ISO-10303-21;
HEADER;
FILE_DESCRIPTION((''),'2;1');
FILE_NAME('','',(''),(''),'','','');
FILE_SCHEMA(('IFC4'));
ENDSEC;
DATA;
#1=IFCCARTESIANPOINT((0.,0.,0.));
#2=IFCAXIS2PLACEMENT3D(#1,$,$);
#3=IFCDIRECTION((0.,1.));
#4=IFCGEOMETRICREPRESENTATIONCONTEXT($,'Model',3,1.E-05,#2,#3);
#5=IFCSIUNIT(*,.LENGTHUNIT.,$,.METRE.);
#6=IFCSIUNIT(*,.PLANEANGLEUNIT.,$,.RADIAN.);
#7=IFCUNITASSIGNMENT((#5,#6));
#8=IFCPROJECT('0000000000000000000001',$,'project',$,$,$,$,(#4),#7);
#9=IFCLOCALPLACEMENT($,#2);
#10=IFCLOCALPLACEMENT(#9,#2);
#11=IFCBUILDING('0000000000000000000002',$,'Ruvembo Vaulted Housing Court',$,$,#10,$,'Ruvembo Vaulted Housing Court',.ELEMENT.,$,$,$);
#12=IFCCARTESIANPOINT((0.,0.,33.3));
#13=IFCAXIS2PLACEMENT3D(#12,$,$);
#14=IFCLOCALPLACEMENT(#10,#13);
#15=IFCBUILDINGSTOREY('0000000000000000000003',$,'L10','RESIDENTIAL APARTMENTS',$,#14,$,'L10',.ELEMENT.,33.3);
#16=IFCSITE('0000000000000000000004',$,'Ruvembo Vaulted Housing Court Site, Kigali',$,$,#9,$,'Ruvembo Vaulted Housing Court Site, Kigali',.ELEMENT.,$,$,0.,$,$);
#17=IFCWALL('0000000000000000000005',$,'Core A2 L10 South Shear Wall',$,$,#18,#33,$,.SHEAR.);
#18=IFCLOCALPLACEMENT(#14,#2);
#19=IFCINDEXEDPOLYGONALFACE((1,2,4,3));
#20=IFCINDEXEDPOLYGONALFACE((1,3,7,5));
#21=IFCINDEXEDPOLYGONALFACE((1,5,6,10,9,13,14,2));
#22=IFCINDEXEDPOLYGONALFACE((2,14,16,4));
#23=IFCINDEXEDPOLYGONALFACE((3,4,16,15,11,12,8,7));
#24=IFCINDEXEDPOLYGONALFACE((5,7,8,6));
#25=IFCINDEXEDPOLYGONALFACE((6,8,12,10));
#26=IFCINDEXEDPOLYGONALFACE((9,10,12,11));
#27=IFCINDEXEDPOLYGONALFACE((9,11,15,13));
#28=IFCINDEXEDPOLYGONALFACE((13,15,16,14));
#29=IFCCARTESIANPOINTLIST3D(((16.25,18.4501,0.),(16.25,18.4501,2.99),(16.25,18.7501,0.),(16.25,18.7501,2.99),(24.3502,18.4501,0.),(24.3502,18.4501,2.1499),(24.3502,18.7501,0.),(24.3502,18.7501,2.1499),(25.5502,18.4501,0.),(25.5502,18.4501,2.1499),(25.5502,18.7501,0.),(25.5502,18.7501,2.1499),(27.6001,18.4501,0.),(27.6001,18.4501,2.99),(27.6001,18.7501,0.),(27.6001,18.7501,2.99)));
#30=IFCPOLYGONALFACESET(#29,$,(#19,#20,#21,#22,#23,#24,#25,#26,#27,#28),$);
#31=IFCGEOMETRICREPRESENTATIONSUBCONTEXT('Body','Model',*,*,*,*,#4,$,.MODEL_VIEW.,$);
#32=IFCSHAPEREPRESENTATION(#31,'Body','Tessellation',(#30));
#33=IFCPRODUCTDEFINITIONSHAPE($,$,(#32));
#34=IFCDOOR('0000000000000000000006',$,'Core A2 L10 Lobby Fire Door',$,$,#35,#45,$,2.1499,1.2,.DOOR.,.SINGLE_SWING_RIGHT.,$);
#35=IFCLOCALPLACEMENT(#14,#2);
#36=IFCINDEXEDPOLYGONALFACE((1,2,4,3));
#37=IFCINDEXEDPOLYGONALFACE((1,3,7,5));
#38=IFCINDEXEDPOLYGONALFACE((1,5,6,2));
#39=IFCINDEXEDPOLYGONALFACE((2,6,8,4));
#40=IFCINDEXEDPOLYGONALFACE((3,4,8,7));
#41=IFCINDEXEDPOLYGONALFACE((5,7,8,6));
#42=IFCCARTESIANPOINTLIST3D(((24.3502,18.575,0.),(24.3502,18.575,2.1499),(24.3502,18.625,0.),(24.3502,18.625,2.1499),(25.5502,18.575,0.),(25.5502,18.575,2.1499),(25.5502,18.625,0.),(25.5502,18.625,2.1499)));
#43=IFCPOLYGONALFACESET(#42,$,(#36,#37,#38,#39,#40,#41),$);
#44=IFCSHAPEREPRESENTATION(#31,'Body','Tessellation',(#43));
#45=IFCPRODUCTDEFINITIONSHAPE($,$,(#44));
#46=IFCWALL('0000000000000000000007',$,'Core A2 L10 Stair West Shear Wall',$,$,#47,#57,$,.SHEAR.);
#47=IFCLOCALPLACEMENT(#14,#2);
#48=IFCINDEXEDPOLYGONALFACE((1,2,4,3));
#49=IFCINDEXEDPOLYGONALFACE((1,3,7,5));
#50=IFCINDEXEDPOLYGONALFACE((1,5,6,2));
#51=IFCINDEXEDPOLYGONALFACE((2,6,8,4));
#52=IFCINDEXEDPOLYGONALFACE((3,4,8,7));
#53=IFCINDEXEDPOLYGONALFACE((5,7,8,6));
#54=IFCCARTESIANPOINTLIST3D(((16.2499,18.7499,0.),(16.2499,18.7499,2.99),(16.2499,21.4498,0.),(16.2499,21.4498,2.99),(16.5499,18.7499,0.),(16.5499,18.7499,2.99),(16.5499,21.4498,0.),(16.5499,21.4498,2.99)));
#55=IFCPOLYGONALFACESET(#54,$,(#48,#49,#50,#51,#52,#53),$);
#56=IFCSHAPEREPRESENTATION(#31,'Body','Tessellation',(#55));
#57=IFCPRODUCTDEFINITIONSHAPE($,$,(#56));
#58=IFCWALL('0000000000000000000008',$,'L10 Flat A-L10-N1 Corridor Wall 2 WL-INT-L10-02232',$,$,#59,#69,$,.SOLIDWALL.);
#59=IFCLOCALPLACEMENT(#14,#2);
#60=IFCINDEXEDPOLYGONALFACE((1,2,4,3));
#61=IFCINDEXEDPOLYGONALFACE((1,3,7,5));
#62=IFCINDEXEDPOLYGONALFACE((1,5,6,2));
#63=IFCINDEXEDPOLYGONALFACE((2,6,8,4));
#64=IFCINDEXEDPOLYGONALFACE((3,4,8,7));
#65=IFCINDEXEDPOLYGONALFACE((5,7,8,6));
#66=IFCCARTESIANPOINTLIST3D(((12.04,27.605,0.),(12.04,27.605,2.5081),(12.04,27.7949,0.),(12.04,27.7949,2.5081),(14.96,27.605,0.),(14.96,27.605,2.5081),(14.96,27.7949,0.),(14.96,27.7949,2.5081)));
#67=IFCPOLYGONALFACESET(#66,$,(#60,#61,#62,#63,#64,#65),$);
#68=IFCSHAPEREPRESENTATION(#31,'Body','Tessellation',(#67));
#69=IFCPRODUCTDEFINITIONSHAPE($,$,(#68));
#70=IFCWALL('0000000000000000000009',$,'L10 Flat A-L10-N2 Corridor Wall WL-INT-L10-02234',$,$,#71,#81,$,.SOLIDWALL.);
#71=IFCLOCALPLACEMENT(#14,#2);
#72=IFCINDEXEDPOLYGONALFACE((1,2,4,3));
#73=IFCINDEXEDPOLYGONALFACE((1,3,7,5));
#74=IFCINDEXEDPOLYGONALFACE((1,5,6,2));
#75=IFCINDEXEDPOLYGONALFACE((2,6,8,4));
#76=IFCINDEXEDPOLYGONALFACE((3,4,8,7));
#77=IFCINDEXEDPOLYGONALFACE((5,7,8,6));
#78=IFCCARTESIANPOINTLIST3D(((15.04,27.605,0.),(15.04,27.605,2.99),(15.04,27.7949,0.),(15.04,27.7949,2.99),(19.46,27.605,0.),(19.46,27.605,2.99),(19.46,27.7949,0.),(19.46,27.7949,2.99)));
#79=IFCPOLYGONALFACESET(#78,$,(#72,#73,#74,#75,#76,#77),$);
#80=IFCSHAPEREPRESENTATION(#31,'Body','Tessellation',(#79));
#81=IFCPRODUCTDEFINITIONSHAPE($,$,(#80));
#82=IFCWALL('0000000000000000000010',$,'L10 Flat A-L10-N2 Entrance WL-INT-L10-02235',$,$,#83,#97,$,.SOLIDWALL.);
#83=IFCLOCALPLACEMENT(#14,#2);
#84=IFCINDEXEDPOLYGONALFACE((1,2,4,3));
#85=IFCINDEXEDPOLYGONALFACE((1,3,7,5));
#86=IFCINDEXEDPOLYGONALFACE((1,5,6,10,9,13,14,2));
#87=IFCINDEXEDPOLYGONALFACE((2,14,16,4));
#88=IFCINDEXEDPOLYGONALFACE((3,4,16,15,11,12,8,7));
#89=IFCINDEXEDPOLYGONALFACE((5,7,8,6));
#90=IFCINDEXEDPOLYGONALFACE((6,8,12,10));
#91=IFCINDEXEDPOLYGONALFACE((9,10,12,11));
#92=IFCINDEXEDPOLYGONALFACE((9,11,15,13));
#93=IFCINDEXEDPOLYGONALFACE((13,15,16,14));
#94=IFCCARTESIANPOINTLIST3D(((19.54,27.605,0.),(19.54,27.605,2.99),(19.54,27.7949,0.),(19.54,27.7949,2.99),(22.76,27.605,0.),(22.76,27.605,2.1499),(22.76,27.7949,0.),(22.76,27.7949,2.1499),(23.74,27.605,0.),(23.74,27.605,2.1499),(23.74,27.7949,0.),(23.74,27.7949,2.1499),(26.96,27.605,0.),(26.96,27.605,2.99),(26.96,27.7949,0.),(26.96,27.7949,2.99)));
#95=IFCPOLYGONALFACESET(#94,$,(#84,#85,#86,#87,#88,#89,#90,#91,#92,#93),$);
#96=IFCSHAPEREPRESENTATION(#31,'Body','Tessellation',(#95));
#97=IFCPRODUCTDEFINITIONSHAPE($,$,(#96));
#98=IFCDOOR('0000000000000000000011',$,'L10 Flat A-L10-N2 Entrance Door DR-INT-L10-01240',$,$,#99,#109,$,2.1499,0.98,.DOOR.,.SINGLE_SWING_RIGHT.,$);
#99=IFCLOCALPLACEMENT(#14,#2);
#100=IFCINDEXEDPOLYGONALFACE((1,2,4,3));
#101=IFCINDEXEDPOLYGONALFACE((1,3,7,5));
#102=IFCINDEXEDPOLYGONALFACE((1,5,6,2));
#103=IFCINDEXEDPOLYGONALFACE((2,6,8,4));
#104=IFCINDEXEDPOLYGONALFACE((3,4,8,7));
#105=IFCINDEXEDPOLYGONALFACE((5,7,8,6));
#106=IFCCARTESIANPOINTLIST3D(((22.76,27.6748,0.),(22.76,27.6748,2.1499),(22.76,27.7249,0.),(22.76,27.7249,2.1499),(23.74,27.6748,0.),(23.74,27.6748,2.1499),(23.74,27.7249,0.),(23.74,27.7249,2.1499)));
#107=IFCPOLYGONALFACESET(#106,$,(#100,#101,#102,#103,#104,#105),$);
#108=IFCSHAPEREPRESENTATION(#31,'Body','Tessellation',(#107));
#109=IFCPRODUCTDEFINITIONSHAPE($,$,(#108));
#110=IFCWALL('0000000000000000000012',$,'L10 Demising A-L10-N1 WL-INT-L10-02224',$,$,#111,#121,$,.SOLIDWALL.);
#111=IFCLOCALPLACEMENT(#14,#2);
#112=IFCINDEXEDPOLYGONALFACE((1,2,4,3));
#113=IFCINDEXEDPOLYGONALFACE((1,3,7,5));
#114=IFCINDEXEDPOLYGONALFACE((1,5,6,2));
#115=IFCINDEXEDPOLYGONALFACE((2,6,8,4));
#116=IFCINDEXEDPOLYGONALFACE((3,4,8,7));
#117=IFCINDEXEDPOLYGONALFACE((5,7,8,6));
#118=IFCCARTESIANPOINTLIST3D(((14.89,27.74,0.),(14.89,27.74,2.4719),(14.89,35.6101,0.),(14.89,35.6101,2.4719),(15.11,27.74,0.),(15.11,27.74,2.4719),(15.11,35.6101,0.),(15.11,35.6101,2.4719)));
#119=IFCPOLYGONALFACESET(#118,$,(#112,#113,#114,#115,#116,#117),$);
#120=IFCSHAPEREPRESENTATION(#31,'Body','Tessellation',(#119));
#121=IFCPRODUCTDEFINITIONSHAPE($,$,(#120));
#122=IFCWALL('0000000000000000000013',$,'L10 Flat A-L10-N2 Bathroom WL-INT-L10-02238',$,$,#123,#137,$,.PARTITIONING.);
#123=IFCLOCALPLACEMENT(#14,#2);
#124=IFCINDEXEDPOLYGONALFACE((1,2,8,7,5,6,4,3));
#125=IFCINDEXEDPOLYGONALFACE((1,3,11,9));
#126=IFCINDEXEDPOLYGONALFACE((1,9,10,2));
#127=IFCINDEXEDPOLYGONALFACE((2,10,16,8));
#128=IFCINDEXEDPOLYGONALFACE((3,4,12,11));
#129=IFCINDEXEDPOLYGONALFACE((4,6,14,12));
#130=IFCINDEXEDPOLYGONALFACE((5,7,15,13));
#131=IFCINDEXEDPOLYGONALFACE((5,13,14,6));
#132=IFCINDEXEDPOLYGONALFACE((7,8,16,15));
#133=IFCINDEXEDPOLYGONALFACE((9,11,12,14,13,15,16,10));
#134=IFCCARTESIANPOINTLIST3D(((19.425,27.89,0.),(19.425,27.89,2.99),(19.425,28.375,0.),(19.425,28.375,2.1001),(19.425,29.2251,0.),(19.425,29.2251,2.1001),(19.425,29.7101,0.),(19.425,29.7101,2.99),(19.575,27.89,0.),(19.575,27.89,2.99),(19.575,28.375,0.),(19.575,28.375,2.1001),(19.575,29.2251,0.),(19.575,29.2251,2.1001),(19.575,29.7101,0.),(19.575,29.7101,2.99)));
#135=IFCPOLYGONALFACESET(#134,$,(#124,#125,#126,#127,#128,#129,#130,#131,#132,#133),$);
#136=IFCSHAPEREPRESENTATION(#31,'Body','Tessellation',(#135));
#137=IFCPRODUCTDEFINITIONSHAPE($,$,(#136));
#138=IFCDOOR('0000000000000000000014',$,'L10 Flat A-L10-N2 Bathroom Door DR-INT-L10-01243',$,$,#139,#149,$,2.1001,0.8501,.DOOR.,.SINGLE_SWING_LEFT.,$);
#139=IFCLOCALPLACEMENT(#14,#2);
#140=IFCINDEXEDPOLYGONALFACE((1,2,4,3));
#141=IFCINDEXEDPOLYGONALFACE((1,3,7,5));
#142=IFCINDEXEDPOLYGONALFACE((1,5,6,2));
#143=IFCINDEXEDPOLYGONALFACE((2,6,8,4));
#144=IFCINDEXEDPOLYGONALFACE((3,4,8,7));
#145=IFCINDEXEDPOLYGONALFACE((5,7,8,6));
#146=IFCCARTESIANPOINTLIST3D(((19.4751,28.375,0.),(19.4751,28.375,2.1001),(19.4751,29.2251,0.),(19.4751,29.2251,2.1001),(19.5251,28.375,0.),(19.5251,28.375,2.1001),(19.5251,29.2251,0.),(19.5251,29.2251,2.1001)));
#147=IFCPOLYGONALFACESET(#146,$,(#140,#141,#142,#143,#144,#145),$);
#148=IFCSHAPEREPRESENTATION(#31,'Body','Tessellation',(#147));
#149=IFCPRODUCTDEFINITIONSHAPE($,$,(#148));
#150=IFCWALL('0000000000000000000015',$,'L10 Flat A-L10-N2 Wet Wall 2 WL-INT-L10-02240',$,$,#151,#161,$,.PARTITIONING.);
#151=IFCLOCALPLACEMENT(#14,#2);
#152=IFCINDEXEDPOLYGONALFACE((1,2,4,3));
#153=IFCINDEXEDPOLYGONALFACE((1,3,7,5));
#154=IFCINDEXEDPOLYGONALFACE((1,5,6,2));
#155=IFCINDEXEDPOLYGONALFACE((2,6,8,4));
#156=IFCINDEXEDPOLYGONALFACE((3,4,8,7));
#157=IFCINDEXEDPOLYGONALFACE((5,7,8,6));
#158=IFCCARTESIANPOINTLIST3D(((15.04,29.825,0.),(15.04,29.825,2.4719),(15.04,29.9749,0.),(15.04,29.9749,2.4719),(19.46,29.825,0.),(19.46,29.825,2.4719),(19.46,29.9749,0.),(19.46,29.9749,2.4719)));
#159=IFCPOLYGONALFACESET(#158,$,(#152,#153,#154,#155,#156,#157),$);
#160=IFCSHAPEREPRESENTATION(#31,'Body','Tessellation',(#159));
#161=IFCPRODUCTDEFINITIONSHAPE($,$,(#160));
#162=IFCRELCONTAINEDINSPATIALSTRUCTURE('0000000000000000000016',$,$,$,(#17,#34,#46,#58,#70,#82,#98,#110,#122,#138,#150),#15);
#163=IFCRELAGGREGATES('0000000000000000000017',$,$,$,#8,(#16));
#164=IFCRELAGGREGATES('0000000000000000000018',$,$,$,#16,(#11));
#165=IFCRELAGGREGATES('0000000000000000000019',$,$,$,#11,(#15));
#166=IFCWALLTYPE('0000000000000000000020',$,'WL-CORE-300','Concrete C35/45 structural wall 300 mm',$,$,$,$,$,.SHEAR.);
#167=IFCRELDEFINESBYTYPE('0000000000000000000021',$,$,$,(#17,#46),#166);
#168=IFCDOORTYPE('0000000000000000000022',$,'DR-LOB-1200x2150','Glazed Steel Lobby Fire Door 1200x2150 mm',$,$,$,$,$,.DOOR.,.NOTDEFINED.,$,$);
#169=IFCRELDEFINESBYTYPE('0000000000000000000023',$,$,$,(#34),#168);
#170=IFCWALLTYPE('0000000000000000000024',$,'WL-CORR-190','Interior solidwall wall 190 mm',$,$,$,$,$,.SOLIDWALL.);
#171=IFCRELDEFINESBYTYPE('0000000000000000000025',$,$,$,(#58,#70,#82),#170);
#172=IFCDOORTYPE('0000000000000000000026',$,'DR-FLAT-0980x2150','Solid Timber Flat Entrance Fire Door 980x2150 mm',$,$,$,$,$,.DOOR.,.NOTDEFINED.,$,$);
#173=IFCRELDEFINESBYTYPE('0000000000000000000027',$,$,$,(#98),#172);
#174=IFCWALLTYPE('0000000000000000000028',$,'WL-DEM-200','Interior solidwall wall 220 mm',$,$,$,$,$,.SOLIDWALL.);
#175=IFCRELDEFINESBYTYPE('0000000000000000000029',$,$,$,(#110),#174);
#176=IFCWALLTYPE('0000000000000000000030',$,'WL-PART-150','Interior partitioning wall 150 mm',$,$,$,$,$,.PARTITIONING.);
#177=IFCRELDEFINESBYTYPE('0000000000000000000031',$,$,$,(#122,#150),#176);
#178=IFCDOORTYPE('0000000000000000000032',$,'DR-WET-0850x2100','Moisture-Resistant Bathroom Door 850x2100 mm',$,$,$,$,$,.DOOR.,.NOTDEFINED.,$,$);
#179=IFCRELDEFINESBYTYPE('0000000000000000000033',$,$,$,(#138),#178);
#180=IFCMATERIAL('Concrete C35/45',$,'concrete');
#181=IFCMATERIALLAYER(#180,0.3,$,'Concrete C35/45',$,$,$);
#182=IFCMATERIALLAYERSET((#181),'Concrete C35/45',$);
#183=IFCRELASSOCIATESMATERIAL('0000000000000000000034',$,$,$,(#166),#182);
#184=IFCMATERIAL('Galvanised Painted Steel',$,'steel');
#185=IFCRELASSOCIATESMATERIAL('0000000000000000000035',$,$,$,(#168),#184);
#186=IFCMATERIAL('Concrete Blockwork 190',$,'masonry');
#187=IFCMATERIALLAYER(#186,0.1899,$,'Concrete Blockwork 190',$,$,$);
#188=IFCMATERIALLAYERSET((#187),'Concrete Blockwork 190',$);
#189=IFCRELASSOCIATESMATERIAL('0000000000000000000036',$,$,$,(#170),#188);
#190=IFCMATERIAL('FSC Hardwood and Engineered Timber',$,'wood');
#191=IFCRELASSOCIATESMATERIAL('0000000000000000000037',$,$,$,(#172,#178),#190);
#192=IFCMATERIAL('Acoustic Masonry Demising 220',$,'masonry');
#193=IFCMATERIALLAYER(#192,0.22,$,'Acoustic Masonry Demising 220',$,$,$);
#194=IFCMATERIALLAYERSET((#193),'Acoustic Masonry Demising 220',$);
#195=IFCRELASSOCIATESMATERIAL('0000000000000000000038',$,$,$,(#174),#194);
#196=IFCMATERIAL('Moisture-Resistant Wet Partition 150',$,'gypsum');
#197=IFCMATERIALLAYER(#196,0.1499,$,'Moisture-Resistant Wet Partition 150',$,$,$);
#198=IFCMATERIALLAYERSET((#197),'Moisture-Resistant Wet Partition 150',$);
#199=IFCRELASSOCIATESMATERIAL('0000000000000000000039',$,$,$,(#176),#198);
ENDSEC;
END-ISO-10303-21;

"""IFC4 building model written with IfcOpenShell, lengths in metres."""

from ifc_helpers import new_model, si_unit, direction, frame, frame_2d, origin, place, context, subcontext, project, spatial, rectangle, extrude, material, layer, layer_set, type_object, element, fill, save


model = new_model("IFC4")

# Units and contexts
model_context = context("Model", 3, precision=1e-05, world=origin(), true_north=direction((0.0, 1.0)))
body_context = subcontext(model_context, "Body", "Model", "MODEL_VIEW")
ifc_project = project(units=[si_unit("LENGTHUNIT", "METRE"), si_unit("PLANEANGLEUNIT", "RADIAN")], contexts=[model_context])

# Site, building, storey
site_placement = place(None, origin())
site = spatial("IfcSite", under=ifc_project, at=site_placement, Name="Ruvembo Vaulted Housing Court Site, Kigali", LongName="Ruvembo Vaulted Housing Court Site, Kigali", CompositionType="ELEMENT", RefElevation=0.0)
building_placement = place(site_placement, origin())
building = spatial("IfcBuilding", under=site, at=building_placement, Name="Ruvembo Vaulted Housing Court", LongName="Ruvembo Vaulted Housing Court", CompositionType="ELEMENT")
storey_placement = place(building_placement, frame((0.0, 0.0, 33.3)))
storey = spatial("IfcBuildingStorey", under=building, at=storey_placement, Name="L10", Description="RESIDENTIAL APARTMENTS", LongName="L10", CompositionType="ELEMENT", Elevation=33.3)

# Shared definitions
ifc_material_1 = material(Name="Concrete C35/45", Category="concrete")

# Shared definitions
ifc_layer_1 = layer(ifc_material_1, 0.3, Name="Concrete C35/45")
ifc_layer_set_1 = layer_set([ifc_layer_1], Name="Concrete C35/45")
wall_type_1 = type_object("IfcWallType", Name="WL-CORE-300", Description="Concrete C35/45 structural wall 300 mm", PredefinedType="SHEAR", material=ifc_layer_set_1)

# Wall, opening, door
wall_1_placement = place(storey_placement, frame((16.25, 18.6001, 0.0), z_axis=(0.0, 0.0, 1.0), x_axis=(1.0, 0.0, 0.0)))
wall_1 = element("IfcWall", 1, at=wall_1_placement, inside=storey, type_object=wall_type_1, Name="Core A2 L10 South Shear Wall", PredefinedType="SHEAR", context=body_context, shape_type="SweptSolid", body=[
    extrude(rectangle(XDim=11.3501, YDim=0.3, at=frame_2d((5.675, 0.0))), origin(), (0.0, 0.0, 1.0), 2.99),
])
opening_1_placement = place(wall_1_placement, frame((8.1001, 0.0, 0.0)))
opening_1 = element("IfcOpeningElement", 2, at=opening_1_placement, cuts=wall_1, PredefinedType="OPENING", context=body_context, shape_type="SweptSolid", body=[
    extrude(rectangle(XDim=1.2, YDim=2.1499, at=frame_2d((0.6001, 1.075))), frame((0.0, 0.1599, 0.0), z_axis=(0.0, -1.0, 0.0), x_axis=(1.0, 0.0, 0.0)), (0.0, 0.0, 1.0), 0.3201),
])
ifc_material_2 = material(Name="Galvanised Painted Steel", Category="steel")
door_type_1 = type_object("IfcDoorType", Name="DR-LOB-1200x2150", Description="Glazed Steel Lobby Fire Door 1200x2150 mm", OperationType="NOTDEFINED", PredefinedType="DOOR", material=ifc_material_2)
door_1_placement = place(opening_1_placement, origin())
door_1 = element("IfcDoor", 3, at=door_1_placement, inside=storey, type_object=door_type_1, Name="Core A2 L10 Lobby Fire Door", OperationType="SINGLE_SWING_RIGHT", OverallHeight=2.1499, OverallWidth=1.2, PredefinedType="DOOR", context=body_context, shape_type="SweptSolid", body=[
    extrude(rectangle(XDim=1.2, YDim=2.1499, at=frame_2d((0.6001, 1.075))), frame((0.0, 0.0249, 0.0), z_axis=(0.0, -1.0, 0.0), x_axis=(1.0, 0.0, 0.0)), (0.0, 0.0, 1.0), 0.05),
])
fill(opening_1, door_1)

# Walls
wall_2_placement = place(storey_placement, frame((16.3999, 21.45, 0.0), z_axis=(0.0, 0.0, 1.0), x_axis=(0.0, -1.0, 0.0)))
element("IfcWall", 4, at=wall_2_placement, inside=storey, type_object=wall_type_1, Name="Core A2 L10 Stair West Shear Wall", PredefinedType="SHEAR", context=body_context, shape_type="SweptSolid", body=[
    extrude(rectangle(XDim=2.7, YDim=0.3, at=frame_2d((1.3501, 0.0))), origin(), (0.0, 0.0, 1.0), 2.99),
])
ifc_material_3 = material(Name="Concrete Blockwork 190", Category="masonry")
ifc_layer_2 = layer(ifc_material_3, 0.1899, Name="Concrete Blockwork 190")
ifc_layer_set_2 = layer_set([ifc_layer_2], Name="Concrete Blockwork 190")
wall_type_2 = type_object("IfcWallType", Name="WL-CORR-190", Description="Interior solidwall wall 190 mm", PredefinedType="SOLIDWALL", material=ifc_layer_set_2)
wall_3_placement = place(storey_placement, frame((12.04, 27.7, 0.0), z_axis=(0.0, 0.0, 1.0), x_axis=(1.0, 0.0, 0.0)))
element("IfcWall", 5, at=wall_3_placement, inside=storey, type_object=wall_type_2, Name="L10 Flat A-L10-N1 Corridor Wall 2 WL-INT-L10-02232", PredefinedType="SOLIDWALL", context=body_context, shape_type="SweptSolid", body=[
    extrude(rectangle(XDim=2.9199, YDim=0.1899, at=frame_2d((1.46, 0.0))), origin(), (0.0, 0.0, 1.0), 2.5081),
])
wall_4_placement = place(storey_placement, frame((15.04, 27.7, 0.0), z_axis=(0.0, 0.0, 1.0), x_axis=(1.0, 0.0, 0.0)))
element("IfcWall", 6, at=wall_4_placement, inside=storey, type_object=wall_type_2, Name="L10 Flat A-L10-N2 Corridor Wall WL-INT-L10-02234", PredefinedType="SOLIDWALL", context=body_context, shape_type="SweptSolid", body=[
    extrude(rectangle(XDim=4.4199, YDim=0.1899, at=frame_2d((2.21, 0.0))), origin(), (0.0, 0.0, 1.0), 2.99),
])

# Wall, opening, door
wall_5_placement = place(storey_placement, frame((19.54, 27.7, 0.0), z_axis=(0.0, 0.0, 1.0), x_axis=(1.0, 0.0, 0.0)))
wall_5 = element("IfcWall", 7, at=wall_5_placement, inside=storey, type_object=wall_type_2, Name="L10 Flat A-L10-N2 Entrance WL-INT-L10-02235", PredefinedType="SOLIDWALL", context=body_context, shape_type="SweptSolid", body=[
    extrude(rectangle(XDim=7.4199, YDim=0.1899, at=frame_2d((3.71, 0.0))), origin(), (0.0, 0.0, 1.0), 2.99),
])
opening_2_placement = place(wall_5_placement, frame((3.22, 0.0, 0.0)))
opening_2 = element("IfcOpeningElement", 8, at=opening_2_placement, cuts=wall_5, PredefinedType="OPENING", context=body_context, shape_type="SweptSolid", body=[
    extrude(rectangle(XDim=0.98, YDim=2.1499, at=frame_2d((0.49, 1.075))), frame((0.0, 0.105, 0.0), z_axis=(0.0, -1.0, 0.0), x_axis=(1.0, 0.0, 0.0)), (0.0, 0.0, 1.0), 0.21),
])
ifc_material_4 = material(Name="FSC Hardwood and Engineered Timber", Category="wood")
door_type_2 = type_object("IfcDoorType", Name="DR-FLAT-0980x2150", Description="Solid Timber Flat Entrance Fire Door 980x2150 mm", OperationType="NOTDEFINED", PredefinedType="DOOR", material=ifc_material_4)
door_2_placement = place(opening_2_placement, origin())
door_2 = element("IfcDoor", 9, at=door_2_placement, inside=storey, type_object=door_type_2, Name="L10 Flat A-L10-N2 Entrance Door DR-INT-L10-01240", OperationType="SINGLE_SWING_RIGHT", OverallHeight=2.1499, OverallWidth=0.98, PredefinedType="DOOR", context=body_context, shape_type="SweptSolid", body=[
    extrude(rectangle(XDim=0.98, YDim=2.1499, at=frame_2d((0.49, 1.075))), frame((0.0, 0.0249, 0.0), z_axis=(0.0, -1.0, 0.0), x_axis=(1.0, 0.0, 0.0)), (0.0, 0.0, 1.0), 0.05),
])
fill(opening_2, door_2)

# Wall
ifc_material_5 = material(Name="Acoustic Masonry Demising 220", Category="masonry")
ifc_layer_3 = layer(ifc_material_5, 0.22, Name="Acoustic Masonry Demising 220")
ifc_layer_set_3 = layer_set([ifc_layer_3], Name="Acoustic Masonry Demising 220")
wall_type_3 = type_object("IfcWallType", Name="WL-DEM-200", Description="Interior solidwall wall 220 mm", PredefinedType="SOLIDWALL", material=ifc_layer_set_3)
wall_6_placement = place(storey_placement, frame((15.0, 27.74, 0.0), z_axis=(0.0, 0.0, 1.0), x_axis=(0.0, 1.0, 0.0)))
element("IfcWall", 10, at=wall_6_placement, inside=storey, type_object=wall_type_3, Name="L10 Demising A-L10-N1 WL-INT-L10-02224", PredefinedType="SOLIDWALL", context=body_context, shape_type="SweptSolid", body=[
    extrude(rectangle(XDim=7.8701, YDim=0.22, at=frame_2d((3.9351, 0.0))), origin(), (0.0, 0.0, 1.0), 2.4719),
])

# Wall, opening, door
ifc_material_6 = material(Name="Moisture-Resistant Wet Partition 150", Category="gypsum")
ifc_layer_4 = layer(ifc_material_6, 0.1499, Name="Moisture-Resistant Wet Partition 150")
ifc_layer_set_4 = layer_set([ifc_layer_4], Name="Moisture-Resistant Wet Partition 150")
wall_type_4 = type_object("IfcWallType", Name="WL-PART-150", Description="Interior partitioning wall 150 mm", PredefinedType="PARTITIONING", material=ifc_layer_set_4)
wall_7_placement = place(storey_placement, frame((19.5, 27.8899, 0.0), z_axis=(0.0, 0.0, 1.0), x_axis=(0.0, 1.0, 0.0)))
wall_7 = element("IfcWall", 11, at=wall_7_placement, inside=storey, type_object=wall_type_4, Name="L10 Flat A-L10-N2 Bathroom WL-INT-L10-02238", PredefinedType="PARTITIONING", context=body_context, shape_type="SweptSolid", body=[
    extrude(rectangle(XDim=1.8201, YDim=0.1499, at=frame_2d((0.9102, 0.0))), origin(), (0.0, 0.0, 1.0), 2.99),
])
opening_3_placement = place(wall_7_placement, frame((0.4851, 0.0, 0.0)))
opening_3 = element("IfcOpeningElement", 12, at=opening_3_placement, cuts=wall_7, PredefinedType="OPENING", context=body_context, shape_type="SweptSolid", body=[
    extrude(rectangle(XDim=0.8501, YDim=2.1001, at=frame_2d((0.425, 1.05))), frame((0.0, 0.085, 0.0), z_axis=(0.0, -1.0, 0.0), x_axis=(1.0, 0.0, 0.0)), (0.0, 0.0, 1.0), 0.1699),
])
door_type_3 = type_object("IfcDoorType", Name="DR-WET-0850x2100", Description="Moisture-Resistant Bathroom Door 850x2100 mm", OperationType="NOTDEFINED", PredefinedType="DOOR", material=ifc_material_4)
door_3_placement = place(opening_3_placement, origin())
door_3 = element("IfcDoor", 13, at=door_3_placement, inside=storey, type_object=door_type_3, Name="L10 Flat A-L10-N2 Bathroom Door DR-INT-L10-01243", OperationType="SINGLE_SWING_LEFT", OverallHeight=2.1001, OverallWidth=0.8501, PredefinedType="DOOR", context=body_context, shape_type="SweptSolid", body=[
    extrude(rectangle(XDim=0.8501, YDim=2.1001, at=frame_2d((0.425, 1.05))), frame((0.0, 0.0249, 0.0), z_axis=(0.0, -1.0, 0.0), x_axis=(1.0, 0.0, 0.0)), (0.0, 0.0, 1.0), 0.05),
])
fill(opening_3, door_3)

# Wall
wall_8_placement = place(storey_placement, frame((15.04, 29.8999, 0.0), z_axis=(0.0, 0.0, 1.0), x_axis=(1.0, 0.0, 0.0)))
element("IfcWall", 14, at=wall_8_placement, inside=storey, type_object=wall_type_4, Name="L10 Flat A-L10-N2 Wet Wall 2 WL-INT-L10-02240", PredefinedType="PARTITIONING", context=body_context, shape_type="SweptSolid", body=[
    extrude(rectangle(XDim=4.4199, YDim=0.1499, at=frame_2d((2.21, 0.0))), origin(), (0.0, 0.0, 1.0), 2.4719),
])

save(model, "model.ifc")
